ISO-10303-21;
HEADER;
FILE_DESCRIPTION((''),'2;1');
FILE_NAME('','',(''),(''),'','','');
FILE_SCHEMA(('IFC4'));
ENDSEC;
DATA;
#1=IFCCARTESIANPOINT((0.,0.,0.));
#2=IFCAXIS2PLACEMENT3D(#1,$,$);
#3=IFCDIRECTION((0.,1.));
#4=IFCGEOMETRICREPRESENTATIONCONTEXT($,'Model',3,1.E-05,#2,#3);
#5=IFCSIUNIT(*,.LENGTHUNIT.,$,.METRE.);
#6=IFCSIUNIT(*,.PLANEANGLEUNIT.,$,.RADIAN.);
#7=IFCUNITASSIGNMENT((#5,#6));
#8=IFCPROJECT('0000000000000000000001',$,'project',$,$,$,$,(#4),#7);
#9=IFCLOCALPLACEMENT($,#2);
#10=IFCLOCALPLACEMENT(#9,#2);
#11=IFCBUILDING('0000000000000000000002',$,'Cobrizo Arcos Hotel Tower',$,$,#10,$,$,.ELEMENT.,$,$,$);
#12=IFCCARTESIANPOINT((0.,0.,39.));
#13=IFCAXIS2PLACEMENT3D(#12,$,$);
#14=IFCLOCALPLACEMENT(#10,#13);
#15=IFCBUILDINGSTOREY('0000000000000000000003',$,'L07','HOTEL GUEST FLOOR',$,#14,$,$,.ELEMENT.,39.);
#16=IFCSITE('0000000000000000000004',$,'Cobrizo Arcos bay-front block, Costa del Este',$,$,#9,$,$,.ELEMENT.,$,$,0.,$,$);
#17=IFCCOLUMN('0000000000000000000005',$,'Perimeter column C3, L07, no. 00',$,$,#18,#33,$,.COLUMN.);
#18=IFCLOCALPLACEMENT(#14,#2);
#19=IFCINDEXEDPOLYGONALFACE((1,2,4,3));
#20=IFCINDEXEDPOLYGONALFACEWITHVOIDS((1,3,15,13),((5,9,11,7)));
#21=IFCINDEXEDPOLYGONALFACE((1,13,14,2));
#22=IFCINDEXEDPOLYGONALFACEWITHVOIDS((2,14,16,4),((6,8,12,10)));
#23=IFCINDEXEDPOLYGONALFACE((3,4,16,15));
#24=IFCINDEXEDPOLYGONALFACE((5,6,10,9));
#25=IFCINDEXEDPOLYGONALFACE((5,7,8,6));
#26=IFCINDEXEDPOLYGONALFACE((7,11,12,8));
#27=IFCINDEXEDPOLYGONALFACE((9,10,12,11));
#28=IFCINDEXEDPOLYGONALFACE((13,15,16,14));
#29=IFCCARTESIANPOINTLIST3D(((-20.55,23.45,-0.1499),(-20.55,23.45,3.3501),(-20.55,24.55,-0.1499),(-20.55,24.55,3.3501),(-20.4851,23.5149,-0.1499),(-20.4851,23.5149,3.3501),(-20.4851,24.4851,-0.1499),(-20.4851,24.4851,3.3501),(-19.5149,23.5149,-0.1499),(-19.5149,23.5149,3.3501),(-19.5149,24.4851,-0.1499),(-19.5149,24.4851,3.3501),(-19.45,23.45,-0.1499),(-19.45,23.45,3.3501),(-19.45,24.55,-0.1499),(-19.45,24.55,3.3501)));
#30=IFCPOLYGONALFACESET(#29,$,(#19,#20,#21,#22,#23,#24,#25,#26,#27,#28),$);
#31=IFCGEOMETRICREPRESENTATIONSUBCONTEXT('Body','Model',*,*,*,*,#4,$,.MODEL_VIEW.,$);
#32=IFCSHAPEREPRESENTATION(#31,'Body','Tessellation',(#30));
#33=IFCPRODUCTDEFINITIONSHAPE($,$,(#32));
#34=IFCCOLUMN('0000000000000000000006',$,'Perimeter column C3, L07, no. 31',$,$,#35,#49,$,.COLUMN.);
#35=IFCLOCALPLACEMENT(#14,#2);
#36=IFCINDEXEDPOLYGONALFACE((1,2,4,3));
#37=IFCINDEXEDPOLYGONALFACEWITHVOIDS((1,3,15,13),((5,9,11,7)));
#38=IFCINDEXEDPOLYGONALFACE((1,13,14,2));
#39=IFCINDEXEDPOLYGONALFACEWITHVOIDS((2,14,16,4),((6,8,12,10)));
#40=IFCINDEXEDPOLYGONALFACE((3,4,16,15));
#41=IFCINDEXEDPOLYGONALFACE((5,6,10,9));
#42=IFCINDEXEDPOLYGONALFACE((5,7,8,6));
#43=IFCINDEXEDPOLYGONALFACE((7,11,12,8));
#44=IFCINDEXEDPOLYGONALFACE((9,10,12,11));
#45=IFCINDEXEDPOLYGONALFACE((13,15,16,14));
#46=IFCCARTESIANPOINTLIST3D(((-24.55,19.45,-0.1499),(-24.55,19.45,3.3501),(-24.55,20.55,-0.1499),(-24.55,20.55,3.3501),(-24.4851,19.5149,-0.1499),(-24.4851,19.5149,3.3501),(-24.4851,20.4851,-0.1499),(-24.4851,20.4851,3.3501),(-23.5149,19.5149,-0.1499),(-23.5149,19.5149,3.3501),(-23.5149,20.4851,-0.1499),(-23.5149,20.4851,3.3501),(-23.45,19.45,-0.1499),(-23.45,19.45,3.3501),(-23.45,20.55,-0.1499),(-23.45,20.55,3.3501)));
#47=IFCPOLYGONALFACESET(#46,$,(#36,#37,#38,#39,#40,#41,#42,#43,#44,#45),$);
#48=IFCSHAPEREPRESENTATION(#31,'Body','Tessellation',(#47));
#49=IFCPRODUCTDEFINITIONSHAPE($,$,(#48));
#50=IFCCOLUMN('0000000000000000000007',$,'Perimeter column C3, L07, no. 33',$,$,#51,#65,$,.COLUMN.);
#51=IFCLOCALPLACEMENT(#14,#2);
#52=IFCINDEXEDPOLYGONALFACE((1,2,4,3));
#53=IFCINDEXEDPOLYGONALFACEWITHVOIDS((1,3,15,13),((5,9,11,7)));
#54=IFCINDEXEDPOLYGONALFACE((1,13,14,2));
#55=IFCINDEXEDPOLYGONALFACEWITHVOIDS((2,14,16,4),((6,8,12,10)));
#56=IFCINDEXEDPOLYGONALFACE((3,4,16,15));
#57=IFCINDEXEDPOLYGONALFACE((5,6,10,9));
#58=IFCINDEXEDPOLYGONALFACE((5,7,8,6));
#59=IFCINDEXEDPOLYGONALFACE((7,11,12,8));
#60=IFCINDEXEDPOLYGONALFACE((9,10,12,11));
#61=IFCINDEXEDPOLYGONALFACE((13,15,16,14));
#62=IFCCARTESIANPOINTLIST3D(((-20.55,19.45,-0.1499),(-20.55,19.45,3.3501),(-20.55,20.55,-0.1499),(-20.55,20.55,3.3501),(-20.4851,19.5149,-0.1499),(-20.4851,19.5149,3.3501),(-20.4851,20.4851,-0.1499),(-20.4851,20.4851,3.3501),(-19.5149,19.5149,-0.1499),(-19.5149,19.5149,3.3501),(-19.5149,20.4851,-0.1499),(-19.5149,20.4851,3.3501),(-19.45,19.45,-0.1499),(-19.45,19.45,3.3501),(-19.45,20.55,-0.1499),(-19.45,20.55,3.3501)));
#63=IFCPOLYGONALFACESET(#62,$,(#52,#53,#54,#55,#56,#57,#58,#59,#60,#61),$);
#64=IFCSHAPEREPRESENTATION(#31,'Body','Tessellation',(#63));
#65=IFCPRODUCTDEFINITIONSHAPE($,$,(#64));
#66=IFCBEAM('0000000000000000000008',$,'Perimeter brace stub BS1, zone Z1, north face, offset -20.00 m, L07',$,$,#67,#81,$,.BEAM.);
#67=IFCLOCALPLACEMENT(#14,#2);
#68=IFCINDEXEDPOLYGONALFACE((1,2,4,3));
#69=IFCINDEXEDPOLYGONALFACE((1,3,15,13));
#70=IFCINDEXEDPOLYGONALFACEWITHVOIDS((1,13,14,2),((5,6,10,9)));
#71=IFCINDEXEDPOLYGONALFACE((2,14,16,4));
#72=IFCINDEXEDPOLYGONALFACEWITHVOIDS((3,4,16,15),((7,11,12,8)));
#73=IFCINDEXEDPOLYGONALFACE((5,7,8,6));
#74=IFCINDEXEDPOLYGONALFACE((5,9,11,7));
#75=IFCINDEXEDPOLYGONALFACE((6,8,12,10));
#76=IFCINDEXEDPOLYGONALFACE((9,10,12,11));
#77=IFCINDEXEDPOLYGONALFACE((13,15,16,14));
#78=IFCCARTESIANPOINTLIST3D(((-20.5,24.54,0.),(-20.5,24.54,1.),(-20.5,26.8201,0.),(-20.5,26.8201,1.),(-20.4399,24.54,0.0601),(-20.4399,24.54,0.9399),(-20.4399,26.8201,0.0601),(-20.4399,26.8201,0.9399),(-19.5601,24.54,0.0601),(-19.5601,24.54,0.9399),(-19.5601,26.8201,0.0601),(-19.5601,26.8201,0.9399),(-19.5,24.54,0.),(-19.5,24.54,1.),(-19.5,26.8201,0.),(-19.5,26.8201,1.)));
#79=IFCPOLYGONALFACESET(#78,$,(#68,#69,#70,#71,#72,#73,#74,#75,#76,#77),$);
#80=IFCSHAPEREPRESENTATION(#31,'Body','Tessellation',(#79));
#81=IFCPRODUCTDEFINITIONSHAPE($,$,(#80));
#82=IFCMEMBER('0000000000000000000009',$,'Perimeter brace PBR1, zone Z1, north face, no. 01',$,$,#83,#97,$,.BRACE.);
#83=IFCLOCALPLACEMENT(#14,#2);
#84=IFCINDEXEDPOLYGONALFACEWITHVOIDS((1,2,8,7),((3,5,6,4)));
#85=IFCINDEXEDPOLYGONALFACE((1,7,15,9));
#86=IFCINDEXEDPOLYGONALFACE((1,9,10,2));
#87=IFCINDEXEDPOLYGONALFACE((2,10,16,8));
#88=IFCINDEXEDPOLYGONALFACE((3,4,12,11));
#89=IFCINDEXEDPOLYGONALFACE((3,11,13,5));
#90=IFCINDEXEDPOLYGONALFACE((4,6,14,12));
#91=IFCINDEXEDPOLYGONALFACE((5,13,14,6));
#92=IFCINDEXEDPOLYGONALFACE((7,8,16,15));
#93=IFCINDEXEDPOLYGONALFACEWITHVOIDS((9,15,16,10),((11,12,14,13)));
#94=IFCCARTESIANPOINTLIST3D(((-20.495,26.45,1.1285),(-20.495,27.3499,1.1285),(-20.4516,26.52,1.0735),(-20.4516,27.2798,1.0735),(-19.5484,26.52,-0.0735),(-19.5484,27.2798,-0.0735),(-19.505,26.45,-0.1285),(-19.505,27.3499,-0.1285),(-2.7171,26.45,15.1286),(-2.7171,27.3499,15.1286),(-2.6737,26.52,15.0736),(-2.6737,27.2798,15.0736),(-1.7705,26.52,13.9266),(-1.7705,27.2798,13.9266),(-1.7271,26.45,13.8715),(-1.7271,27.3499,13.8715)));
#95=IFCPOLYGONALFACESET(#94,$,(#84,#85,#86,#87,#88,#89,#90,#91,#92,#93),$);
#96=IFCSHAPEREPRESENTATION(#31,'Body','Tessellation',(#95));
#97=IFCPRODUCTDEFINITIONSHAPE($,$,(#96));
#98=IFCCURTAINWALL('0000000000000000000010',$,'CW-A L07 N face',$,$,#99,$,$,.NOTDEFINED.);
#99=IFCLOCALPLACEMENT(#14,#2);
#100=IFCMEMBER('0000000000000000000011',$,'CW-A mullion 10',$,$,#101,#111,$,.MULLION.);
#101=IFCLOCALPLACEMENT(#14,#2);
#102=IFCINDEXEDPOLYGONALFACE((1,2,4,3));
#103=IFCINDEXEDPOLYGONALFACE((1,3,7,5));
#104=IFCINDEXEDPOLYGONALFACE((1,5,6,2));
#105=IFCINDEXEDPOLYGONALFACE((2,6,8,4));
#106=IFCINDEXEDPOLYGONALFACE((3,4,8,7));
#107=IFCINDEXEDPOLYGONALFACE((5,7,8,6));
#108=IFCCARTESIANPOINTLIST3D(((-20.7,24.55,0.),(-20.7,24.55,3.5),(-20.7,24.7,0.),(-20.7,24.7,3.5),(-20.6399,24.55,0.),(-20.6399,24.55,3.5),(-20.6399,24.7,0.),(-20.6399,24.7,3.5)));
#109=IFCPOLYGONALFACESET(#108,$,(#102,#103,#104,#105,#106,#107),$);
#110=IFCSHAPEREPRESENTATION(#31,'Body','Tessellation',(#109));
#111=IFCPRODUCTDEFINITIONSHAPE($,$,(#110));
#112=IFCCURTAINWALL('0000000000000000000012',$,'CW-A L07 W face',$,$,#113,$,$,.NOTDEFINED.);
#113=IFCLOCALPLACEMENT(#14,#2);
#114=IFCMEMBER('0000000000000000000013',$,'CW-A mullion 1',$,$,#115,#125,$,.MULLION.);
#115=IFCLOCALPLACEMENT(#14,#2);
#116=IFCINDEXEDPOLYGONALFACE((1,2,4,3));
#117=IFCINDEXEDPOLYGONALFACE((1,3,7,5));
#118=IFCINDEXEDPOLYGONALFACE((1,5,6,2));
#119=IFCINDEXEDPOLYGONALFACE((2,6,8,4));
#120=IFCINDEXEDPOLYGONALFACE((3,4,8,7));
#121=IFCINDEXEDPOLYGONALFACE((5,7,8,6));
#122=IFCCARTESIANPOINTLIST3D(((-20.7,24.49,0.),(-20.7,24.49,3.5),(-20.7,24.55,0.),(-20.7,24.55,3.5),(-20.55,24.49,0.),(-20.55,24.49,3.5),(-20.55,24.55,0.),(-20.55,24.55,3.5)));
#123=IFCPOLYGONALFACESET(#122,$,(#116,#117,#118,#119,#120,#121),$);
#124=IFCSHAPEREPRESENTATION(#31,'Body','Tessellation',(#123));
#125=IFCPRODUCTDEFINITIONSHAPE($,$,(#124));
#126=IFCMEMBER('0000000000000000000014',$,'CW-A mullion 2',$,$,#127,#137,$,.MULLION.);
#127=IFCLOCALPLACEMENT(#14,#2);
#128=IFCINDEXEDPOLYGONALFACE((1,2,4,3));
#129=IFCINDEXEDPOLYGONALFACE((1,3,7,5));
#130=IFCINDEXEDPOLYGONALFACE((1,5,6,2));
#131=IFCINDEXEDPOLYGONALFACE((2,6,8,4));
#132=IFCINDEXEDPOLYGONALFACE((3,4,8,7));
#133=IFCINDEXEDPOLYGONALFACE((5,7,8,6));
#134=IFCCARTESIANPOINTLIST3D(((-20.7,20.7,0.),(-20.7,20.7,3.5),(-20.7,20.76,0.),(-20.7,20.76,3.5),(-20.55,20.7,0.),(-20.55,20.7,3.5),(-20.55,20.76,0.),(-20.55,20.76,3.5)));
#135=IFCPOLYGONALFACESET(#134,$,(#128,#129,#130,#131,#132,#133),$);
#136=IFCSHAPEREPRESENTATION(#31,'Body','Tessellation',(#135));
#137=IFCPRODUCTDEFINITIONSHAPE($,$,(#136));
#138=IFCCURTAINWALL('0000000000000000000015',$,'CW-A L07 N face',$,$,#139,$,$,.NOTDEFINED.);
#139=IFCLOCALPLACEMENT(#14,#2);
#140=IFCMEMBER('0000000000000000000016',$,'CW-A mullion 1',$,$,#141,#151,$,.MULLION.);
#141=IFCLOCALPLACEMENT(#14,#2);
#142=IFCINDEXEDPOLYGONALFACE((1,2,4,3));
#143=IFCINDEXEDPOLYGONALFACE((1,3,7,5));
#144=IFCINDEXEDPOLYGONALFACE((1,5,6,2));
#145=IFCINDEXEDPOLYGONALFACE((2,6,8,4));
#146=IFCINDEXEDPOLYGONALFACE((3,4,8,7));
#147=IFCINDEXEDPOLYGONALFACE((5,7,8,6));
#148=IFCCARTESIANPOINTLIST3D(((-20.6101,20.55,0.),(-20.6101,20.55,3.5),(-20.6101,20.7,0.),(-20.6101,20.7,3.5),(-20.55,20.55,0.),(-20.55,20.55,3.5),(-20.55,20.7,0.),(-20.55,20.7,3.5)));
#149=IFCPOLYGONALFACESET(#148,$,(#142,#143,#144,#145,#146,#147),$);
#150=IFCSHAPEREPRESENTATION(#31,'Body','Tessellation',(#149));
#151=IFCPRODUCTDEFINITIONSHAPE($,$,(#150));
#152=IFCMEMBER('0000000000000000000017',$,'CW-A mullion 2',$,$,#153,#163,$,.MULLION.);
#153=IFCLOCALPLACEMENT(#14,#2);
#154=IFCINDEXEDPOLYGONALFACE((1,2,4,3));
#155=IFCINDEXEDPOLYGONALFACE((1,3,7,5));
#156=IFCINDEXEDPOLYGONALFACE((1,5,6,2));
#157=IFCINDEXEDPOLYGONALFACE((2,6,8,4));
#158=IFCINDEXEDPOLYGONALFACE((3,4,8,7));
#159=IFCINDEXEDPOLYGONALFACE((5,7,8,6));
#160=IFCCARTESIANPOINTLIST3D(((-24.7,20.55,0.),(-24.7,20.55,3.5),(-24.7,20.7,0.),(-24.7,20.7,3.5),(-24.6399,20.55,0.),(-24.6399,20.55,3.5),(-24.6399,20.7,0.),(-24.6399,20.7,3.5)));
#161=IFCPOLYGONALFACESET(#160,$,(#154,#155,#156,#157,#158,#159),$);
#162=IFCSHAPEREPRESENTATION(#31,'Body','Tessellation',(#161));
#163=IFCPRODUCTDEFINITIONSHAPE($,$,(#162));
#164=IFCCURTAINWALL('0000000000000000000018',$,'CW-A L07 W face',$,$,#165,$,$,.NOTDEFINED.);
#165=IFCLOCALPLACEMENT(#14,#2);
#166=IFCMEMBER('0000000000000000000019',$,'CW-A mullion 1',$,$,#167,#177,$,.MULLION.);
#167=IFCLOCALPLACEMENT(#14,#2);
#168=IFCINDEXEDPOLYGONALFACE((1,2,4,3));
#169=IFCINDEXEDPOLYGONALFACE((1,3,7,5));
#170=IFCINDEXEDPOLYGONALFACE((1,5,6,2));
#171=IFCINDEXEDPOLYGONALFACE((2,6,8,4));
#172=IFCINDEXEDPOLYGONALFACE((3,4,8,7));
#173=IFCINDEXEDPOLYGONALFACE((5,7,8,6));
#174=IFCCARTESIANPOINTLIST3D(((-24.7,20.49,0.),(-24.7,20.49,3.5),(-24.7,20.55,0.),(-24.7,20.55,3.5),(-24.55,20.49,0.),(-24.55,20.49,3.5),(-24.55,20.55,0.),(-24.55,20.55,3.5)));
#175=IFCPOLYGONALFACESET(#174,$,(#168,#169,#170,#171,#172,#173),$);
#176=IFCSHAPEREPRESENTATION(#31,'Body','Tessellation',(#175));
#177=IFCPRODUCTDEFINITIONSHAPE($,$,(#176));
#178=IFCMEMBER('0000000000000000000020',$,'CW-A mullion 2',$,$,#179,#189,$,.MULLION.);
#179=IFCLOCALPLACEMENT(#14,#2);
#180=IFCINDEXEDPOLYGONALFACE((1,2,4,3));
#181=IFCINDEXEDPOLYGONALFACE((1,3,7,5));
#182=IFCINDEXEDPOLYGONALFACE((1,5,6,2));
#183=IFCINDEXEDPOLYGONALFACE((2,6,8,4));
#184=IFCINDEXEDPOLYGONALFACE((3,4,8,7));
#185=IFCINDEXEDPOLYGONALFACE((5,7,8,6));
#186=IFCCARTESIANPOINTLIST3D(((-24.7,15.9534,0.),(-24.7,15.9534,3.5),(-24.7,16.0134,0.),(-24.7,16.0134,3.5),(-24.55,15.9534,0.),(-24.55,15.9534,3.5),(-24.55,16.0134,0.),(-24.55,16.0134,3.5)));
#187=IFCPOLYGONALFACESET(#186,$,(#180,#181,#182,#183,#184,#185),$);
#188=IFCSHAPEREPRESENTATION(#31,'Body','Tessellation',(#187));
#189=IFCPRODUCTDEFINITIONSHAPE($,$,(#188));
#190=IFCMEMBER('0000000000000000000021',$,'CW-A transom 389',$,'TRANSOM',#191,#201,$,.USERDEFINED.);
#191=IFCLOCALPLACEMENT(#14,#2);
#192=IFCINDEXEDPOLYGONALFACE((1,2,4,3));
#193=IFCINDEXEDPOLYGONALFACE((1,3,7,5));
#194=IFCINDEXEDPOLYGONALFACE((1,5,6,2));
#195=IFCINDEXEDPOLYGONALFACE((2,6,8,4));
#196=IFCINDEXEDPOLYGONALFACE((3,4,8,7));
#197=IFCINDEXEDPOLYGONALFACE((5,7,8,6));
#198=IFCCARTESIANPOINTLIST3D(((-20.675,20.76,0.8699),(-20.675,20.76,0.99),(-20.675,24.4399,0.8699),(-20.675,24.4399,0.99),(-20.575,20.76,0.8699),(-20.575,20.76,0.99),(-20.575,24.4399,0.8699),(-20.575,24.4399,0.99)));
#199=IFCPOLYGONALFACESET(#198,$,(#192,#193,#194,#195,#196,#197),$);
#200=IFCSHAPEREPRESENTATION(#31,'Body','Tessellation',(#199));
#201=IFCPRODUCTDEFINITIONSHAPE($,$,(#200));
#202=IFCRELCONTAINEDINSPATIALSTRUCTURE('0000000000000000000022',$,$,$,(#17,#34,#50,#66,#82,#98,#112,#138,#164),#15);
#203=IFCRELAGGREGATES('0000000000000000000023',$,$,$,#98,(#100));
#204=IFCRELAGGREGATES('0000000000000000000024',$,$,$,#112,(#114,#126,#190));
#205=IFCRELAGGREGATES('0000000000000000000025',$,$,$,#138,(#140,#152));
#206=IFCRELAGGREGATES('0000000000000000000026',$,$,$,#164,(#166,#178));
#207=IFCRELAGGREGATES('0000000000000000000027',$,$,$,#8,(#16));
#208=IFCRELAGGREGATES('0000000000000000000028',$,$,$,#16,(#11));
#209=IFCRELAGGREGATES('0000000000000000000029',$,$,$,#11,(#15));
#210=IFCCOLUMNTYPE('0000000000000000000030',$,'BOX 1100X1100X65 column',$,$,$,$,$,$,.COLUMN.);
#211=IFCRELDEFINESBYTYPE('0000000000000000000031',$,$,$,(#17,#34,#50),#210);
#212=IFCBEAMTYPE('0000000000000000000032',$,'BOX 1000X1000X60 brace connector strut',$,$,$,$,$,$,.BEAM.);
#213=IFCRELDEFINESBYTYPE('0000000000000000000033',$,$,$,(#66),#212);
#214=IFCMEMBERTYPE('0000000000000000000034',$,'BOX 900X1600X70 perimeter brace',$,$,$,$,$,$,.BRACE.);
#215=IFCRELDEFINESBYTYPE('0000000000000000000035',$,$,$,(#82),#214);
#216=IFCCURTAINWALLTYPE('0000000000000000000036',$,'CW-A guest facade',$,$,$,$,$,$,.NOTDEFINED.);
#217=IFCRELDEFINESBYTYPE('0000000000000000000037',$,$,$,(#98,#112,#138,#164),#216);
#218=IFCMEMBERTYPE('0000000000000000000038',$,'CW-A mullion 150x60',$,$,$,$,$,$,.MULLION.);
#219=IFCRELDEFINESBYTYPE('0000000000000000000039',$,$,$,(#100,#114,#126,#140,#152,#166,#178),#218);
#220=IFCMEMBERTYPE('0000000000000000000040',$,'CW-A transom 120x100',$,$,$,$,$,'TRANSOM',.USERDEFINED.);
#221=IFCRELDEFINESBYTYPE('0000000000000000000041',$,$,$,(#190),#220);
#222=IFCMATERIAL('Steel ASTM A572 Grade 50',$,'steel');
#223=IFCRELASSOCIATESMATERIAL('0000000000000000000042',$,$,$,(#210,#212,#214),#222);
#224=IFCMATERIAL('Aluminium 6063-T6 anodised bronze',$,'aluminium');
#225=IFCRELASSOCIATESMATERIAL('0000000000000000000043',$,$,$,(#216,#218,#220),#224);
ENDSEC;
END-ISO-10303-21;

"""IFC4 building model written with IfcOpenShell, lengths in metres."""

from ifc_helpers import new_model, si_unit, direction, frame, origin, origin_2d, place, context, subcontext, project, spatial, rectangle, hollow_rectangle, extrude, material, material_profile, profile_set, type_object, element, aggregate, save


model = new_model("IFC4")

# Units and contexts
model_context = context("Model", 3, precision=1e-05, world=origin(), true_north=direction((0.0, 1.0)))
body_context = subcontext(model_context, "Body", "Model", "MODEL_VIEW")
ifc_project = project(units=[si_unit("LENGTHUNIT", "METRE"), si_unit("PLANEANGLEUNIT", "RADIAN")], contexts=[model_context])

# Site, building, storey
site_placement = place(None, origin())
site = spatial("IfcSite", under=ifc_project, at=site_placement, Name="Cobrizo Arcos bay-front block, Costa del Este", CompositionType="ELEMENT", RefElevation=0.0)
building_placement = place(site_placement, origin())
building = spatial("IfcBuilding", under=site, at=building_placement, Name="Cobrizo Arcos Hotel Tower", CompositionType="ELEMENT")
storey_placement = place(building_placement, frame((0.0, 0.0, 39.0)))
storey = spatial("IfcBuildingStorey", under=building, at=storey_placement, Name="L07", Description="HOTEL GUEST FLOOR", CompositionType="ELEMENT", Elevation=39.0)

# Columns
ifc_material_1 = material(Name="Steel ASTM A572 Grade 50", Category="steel")
ifc_material_profile_1 = material_profile(ifc_material_1, hollow_rectangle(XDim=1.1001, YDim=1.1001, WallThickness=0.0649, at=origin_2d()), Name="BOX 1100X1100X65")
ifc_profile_set_1 = profile_set([ifc_material_profile_1], Name="Steel ASTM A572 Grade 50")
column_type = type_object("IfcColumnType", Name="BOX 1100X1100X65 column", PredefinedType="COLUMN", material=ifc_profile_set_1)
for number, where, z_axis, x_axis, name in (
    (1, (-20.0, 24.0, -0.1499), (0.0, 0.0, 1.0), (1.0, 0.0, 0.0), "Perimeter column C3, L07, no. 00"),
    (2, (-24.0, 20.0, -0.1499), (0.0, 0.0, 1.0), (1.0, 0.0, 0.0), "Perimeter column C3, L07, no. 31"),
    (3, (-20.0, 20.0, -0.1499), (0.0, 0.0, 1.0), (1.0, 0.0, 0.0), "Perimeter column C3, L07, no. 33"),
):
    element("IfcColumn", number, at=place(storey_placement, frame(where, z_axis=z_axis, x_axis=x_axis)), inside=storey, type_object=column_type, Name=name, PredefinedType="COLUMN", context=body_context, shape_type="SweptSolid", body=[
        extrude(hollow_rectangle(XDim=1.1001, YDim=1.1001, WallThickness=0.0649, at=origin_2d()), origin(), (0.0, 0.0, 1.0), 3.5),
    ])

# Beam
ifc_material_profile_2 = material_profile(ifc_material_1, hollow_rectangle(XDim=1.0, YDim=1.0, WallThickness=0.0601, at=origin_2d()), Name="BOX 1000X1000X60")
ifc_profile_set_2 = profile_set([ifc_material_profile_2], Name="Steel ASTM A572 Grade 50")
beam_type_1 = type_object("IfcBeamType", Name="BOX 1000X1000X60 brace connector strut", PredefinedType="BEAM", material=ifc_profile_set_2)
beam_1_placement = place(storey_placement, frame((-20.0, 24.54, 0.5), z_axis=(0.0, 1.0, 0.0), x_axis=(-1.0, 0.0, 0.0)))
element("IfcBeam", 4, at=beam_1_placement, inside=storey, type_object=beam_type_1, Name="Perimeter brace stub BS1, zone Z1, north face, offset -20.00 m, L07", PredefinedType="BEAM", context=body_context, shape_type="SweptSolid", body=[
    extrude(hollow_rectangle(XDim=1.0, YDim=1.0, WallThickness=0.0601, at=origin_2d()), origin(), (0.0, 0.0, 1.0), 2.28),
])

# Member
ifc_material_profile_3 = material_profile(ifc_material_1, hollow_rectangle(XDim=0.8999, YDim=1.6001, WallThickness=0.0701, at=origin_2d()), Name="BOX 900X1600X70")
ifc_profile_set_3 = profile_set([ifc_material_profile_3], Name="Steel ASTM A572 Grade 50")
member_type_1 = type_object("IfcMemberType", Name="BOX 900X1600X70 perimeter brace", PredefinedType="BRACE", material=ifc_profile_set_3)
member_1_placement = place(storey_placement, frame((-20.0, 26.8999, 0.5), z_axis=(0.785637, 0.0, 0.618687), x_axis=(0.0, 1.0, 0.0)))
element("IfcMember", 5, at=member_1_placement, inside=storey, type_object=member_type_1, Name="Perimeter brace PBR1, zone Z1, north face, no. 01", PredefinedType="BRACE", context=body_context, shape_type="SweptSolid", body=[
    extrude(hollow_rectangle(XDim=0.8999, YDim=1.6001, WallThickness=0.0701, at=origin_2d()), origin(), (0.0, 0.0, 1.0), 22.6287),
])

# Curtain wall, member
ifc_material_2 = material(Name="Aluminium 6063-T6 anodised bronze", Category="aluminium")
curtain_wall_type = type_object("IfcCurtainWallType", Name="CW-A guest facade", PredefinedType="NOTDEFINED", material=ifc_material_2)
curtain_wall_1_placement = place(storey_placement, origin())
curtain_wall_1 = element("IfcCurtainWall", 6, at=curtain_wall_1_placement, inside=storey, type_object=curtain_wall_type, Name="CW-A L07 N face", PredefinedType="NOTDEFINED")
ifc_material_profile_4 = material_profile(ifc_material_2, rectangle(XDim=0.1499, YDim=0.0601, at=origin_2d()), Name="CW-A mullion 150x60")
ifc_profile_set_4 = profile_set([ifc_material_profile_4], Name="Aluminium 6063-T6 anodised bronze")
member_type_2 = type_object("IfcMemberType", Name="CW-A mullion 150x60", PredefinedType="MULLION", material=ifc_profile_set_4)
member_2_placement = place(storey_placement, frame((-20.6699, 24.625, 0.0), z_axis=(0.0, 0.0, 1.0), x_axis=(0.0, 1.0, 0.0)))
member_2 = element("IfcMember", 7, at=member_2_placement, type_object=member_type_2, Name="CW-A mullion 10", PredefinedType="MULLION", context=body_context, shape_type="SweptSolid", body=[
    extrude(rectangle(XDim=0.1499, YDim=0.0601, at=origin_2d()), origin(), (0.0, 0.0, 1.0), 3.5),
])

# Curtain walls, members
curtain_wall_2_placement = place(storey_placement, origin())
curtain_wall_2 = element("IfcCurtainWall", 8, at=curtain_wall_2_placement, inside=storey, type_object=curtain_wall_type, Name="CW-A L07 W face", PredefinedType="NOTDEFINED")
member_3_placement = place(storey_placement, frame((-20.625, 24.52, 0.0), z_axis=(0.0, 0.0, 1.0), x_axis=(-1.0, 0.0, 0.0)))
member_3 = element("IfcMember", 9, at=member_3_placement, type_object=member_type_2, Name="CW-A mullion 1", PredefinedType="MULLION", context=body_context, shape_type="SweptSolid", body=[
    extrude(rectangle(XDim=0.1499, YDim=0.0601, at=origin_2d()), origin(), (0.0, 0.0, 1.0), 3.5),
])
member_4_placement = place(storey_placement, frame((-20.625, 20.73, 0.0), z_axis=(0.0, 0.0, 1.0), x_axis=(-1.0, 0.0, 0.0)))
member_4 = element("IfcMember", 10, at=member_4_placement, type_object=member_type_2, Name="CW-A mullion 2", PredefinedType="MULLION", context=body_context, shape_type="SweptSolid", body=[
    extrude(rectangle(XDim=0.1499, YDim=0.0601, at=origin_2d()), origin(), (0.0, 0.0, 1.0), 3.5),
])
curtain_wall_3_placement = place(storey_placement, origin())
curtain_wall_3 = element("IfcCurtainWall", 11, at=curtain_wall_3_placement, inside=storey, type_object=curtain_wall_type, Name="CW-A L07 N face", PredefinedType="NOTDEFINED")
member_5_placement = place(storey_placement, frame((-20.5801, 20.625, 0.0), z_axis=(0.0, 0.0, 1.0), x_axis=(0.0, 1.0, 0.0)))
member_5 = element("IfcMember", 12, at=member_5_placement, type_object=member_type_2, Name="CW-A mullion 1", PredefinedType="MULLION", context=body_context, shape_type="SweptSolid", body=[
    extrude(rectangle(XDim=0.1499, YDim=0.0601, at=origin_2d()), origin(), (0.0, 0.0, 1.0), 3.5),
])
member_6_placement = place(storey_placement, frame((-24.6699, 20.625, 0.0), z_axis=(0.0, 0.0, 1.0), x_axis=(0.0, 1.0, 0.0)))
member_6 = element("IfcMember", 13, at=member_6_placement, type_object=member_type_2, Name="CW-A mullion 2", PredefinedType="MULLION", context=body_context, shape_type="SweptSolid", body=[
    extrude(rectangle(XDim=0.1499, YDim=0.0601, at=origin_2d()), origin(), (0.0, 0.0, 1.0), 3.5),
])
curtain_wall_4_placement = place(storey_placement, origin())
curtain_wall_4 = element("IfcCurtainWall", 14, at=curtain_wall_4_placement, inside=storey, type_object=curtain_wall_type, Name="CW-A L07 W face", PredefinedType="NOTDEFINED")
member_7_placement = place(storey_placement, frame((-24.625, 20.52, 0.0), z_axis=(0.0, 0.0, 1.0), x_axis=(-1.0, 0.0, 0.0)))
member_7 = element("IfcMember", 15, at=member_7_placement, type_object=member_type_2, Name="CW-A mullion 1", PredefinedType="MULLION", context=body_context, shape_type="SweptSolid", body=[
    extrude(rectangle(XDim=0.1499, YDim=0.0601, at=origin_2d()), origin(), (0.0, 0.0, 1.0), 3.5),
])
member_8_placement = place(storey_placement, frame((-24.625, 15.9834, 0.0), z_axis=(0.0, 0.0, 1.0), x_axis=(-1.0, 0.0, 0.0)))
member_8 = element("IfcMember", 16, at=member_8_placement, type_object=member_type_2, Name="CW-A mullion 2", PredefinedType="MULLION", context=body_context, shape_type="SweptSolid", body=[
    extrude(rectangle(XDim=0.1499, YDim=0.0601, at=origin_2d()), origin(), (0.0, 0.0, 1.0), 3.5),
])

# Member
ifc_material_profile_5 = material_profile(ifc_material_2, rectangle(XDim=0.1001, YDim=0.1201, at=origin_2d()), Name="CW-A transom 120x100")
ifc_profile_set_5 = profile_set([ifc_material_profile_5], Name="Aluminium 6063-T6 anodised bronze")
member_type_3 = type_object("IfcMemberType", Name="CW-A transom 120x100", ElementType="TRANSOM", PredefinedType="USERDEFINED", material=ifc_profile_set_5)
member_9_placement = place(storey_placement, frame((-20.625, 24.4399, 0.9299), z_axis=(0.0, -1.0, 0.0), x_axis=(1.0, 0.0, 0.0)))
member_9 = element("IfcMember", 17, at=member_9_placement, type_object=member_type_3, Name="CW-A transom 389", ObjectType="TRANSOM", PredefinedType="USERDEFINED", context=body_context, shape_type="SweptSolid", body=[
    extrude(rectangle(XDim=0.1001, YDim=0.1201, at=origin_2d()), origin(), (0.0, 0.0, 1.0), 3.6799),
])

aggregate(curtain_wall_1, [member_2])
aggregate(curtain_wall_2, [member_3, member_4, member_9])
aggregate(curtain_wall_3, [member_5, member_6])
aggregate(curtain_wall_4, [member_7, member_8])

save(model, "model.ifc")
